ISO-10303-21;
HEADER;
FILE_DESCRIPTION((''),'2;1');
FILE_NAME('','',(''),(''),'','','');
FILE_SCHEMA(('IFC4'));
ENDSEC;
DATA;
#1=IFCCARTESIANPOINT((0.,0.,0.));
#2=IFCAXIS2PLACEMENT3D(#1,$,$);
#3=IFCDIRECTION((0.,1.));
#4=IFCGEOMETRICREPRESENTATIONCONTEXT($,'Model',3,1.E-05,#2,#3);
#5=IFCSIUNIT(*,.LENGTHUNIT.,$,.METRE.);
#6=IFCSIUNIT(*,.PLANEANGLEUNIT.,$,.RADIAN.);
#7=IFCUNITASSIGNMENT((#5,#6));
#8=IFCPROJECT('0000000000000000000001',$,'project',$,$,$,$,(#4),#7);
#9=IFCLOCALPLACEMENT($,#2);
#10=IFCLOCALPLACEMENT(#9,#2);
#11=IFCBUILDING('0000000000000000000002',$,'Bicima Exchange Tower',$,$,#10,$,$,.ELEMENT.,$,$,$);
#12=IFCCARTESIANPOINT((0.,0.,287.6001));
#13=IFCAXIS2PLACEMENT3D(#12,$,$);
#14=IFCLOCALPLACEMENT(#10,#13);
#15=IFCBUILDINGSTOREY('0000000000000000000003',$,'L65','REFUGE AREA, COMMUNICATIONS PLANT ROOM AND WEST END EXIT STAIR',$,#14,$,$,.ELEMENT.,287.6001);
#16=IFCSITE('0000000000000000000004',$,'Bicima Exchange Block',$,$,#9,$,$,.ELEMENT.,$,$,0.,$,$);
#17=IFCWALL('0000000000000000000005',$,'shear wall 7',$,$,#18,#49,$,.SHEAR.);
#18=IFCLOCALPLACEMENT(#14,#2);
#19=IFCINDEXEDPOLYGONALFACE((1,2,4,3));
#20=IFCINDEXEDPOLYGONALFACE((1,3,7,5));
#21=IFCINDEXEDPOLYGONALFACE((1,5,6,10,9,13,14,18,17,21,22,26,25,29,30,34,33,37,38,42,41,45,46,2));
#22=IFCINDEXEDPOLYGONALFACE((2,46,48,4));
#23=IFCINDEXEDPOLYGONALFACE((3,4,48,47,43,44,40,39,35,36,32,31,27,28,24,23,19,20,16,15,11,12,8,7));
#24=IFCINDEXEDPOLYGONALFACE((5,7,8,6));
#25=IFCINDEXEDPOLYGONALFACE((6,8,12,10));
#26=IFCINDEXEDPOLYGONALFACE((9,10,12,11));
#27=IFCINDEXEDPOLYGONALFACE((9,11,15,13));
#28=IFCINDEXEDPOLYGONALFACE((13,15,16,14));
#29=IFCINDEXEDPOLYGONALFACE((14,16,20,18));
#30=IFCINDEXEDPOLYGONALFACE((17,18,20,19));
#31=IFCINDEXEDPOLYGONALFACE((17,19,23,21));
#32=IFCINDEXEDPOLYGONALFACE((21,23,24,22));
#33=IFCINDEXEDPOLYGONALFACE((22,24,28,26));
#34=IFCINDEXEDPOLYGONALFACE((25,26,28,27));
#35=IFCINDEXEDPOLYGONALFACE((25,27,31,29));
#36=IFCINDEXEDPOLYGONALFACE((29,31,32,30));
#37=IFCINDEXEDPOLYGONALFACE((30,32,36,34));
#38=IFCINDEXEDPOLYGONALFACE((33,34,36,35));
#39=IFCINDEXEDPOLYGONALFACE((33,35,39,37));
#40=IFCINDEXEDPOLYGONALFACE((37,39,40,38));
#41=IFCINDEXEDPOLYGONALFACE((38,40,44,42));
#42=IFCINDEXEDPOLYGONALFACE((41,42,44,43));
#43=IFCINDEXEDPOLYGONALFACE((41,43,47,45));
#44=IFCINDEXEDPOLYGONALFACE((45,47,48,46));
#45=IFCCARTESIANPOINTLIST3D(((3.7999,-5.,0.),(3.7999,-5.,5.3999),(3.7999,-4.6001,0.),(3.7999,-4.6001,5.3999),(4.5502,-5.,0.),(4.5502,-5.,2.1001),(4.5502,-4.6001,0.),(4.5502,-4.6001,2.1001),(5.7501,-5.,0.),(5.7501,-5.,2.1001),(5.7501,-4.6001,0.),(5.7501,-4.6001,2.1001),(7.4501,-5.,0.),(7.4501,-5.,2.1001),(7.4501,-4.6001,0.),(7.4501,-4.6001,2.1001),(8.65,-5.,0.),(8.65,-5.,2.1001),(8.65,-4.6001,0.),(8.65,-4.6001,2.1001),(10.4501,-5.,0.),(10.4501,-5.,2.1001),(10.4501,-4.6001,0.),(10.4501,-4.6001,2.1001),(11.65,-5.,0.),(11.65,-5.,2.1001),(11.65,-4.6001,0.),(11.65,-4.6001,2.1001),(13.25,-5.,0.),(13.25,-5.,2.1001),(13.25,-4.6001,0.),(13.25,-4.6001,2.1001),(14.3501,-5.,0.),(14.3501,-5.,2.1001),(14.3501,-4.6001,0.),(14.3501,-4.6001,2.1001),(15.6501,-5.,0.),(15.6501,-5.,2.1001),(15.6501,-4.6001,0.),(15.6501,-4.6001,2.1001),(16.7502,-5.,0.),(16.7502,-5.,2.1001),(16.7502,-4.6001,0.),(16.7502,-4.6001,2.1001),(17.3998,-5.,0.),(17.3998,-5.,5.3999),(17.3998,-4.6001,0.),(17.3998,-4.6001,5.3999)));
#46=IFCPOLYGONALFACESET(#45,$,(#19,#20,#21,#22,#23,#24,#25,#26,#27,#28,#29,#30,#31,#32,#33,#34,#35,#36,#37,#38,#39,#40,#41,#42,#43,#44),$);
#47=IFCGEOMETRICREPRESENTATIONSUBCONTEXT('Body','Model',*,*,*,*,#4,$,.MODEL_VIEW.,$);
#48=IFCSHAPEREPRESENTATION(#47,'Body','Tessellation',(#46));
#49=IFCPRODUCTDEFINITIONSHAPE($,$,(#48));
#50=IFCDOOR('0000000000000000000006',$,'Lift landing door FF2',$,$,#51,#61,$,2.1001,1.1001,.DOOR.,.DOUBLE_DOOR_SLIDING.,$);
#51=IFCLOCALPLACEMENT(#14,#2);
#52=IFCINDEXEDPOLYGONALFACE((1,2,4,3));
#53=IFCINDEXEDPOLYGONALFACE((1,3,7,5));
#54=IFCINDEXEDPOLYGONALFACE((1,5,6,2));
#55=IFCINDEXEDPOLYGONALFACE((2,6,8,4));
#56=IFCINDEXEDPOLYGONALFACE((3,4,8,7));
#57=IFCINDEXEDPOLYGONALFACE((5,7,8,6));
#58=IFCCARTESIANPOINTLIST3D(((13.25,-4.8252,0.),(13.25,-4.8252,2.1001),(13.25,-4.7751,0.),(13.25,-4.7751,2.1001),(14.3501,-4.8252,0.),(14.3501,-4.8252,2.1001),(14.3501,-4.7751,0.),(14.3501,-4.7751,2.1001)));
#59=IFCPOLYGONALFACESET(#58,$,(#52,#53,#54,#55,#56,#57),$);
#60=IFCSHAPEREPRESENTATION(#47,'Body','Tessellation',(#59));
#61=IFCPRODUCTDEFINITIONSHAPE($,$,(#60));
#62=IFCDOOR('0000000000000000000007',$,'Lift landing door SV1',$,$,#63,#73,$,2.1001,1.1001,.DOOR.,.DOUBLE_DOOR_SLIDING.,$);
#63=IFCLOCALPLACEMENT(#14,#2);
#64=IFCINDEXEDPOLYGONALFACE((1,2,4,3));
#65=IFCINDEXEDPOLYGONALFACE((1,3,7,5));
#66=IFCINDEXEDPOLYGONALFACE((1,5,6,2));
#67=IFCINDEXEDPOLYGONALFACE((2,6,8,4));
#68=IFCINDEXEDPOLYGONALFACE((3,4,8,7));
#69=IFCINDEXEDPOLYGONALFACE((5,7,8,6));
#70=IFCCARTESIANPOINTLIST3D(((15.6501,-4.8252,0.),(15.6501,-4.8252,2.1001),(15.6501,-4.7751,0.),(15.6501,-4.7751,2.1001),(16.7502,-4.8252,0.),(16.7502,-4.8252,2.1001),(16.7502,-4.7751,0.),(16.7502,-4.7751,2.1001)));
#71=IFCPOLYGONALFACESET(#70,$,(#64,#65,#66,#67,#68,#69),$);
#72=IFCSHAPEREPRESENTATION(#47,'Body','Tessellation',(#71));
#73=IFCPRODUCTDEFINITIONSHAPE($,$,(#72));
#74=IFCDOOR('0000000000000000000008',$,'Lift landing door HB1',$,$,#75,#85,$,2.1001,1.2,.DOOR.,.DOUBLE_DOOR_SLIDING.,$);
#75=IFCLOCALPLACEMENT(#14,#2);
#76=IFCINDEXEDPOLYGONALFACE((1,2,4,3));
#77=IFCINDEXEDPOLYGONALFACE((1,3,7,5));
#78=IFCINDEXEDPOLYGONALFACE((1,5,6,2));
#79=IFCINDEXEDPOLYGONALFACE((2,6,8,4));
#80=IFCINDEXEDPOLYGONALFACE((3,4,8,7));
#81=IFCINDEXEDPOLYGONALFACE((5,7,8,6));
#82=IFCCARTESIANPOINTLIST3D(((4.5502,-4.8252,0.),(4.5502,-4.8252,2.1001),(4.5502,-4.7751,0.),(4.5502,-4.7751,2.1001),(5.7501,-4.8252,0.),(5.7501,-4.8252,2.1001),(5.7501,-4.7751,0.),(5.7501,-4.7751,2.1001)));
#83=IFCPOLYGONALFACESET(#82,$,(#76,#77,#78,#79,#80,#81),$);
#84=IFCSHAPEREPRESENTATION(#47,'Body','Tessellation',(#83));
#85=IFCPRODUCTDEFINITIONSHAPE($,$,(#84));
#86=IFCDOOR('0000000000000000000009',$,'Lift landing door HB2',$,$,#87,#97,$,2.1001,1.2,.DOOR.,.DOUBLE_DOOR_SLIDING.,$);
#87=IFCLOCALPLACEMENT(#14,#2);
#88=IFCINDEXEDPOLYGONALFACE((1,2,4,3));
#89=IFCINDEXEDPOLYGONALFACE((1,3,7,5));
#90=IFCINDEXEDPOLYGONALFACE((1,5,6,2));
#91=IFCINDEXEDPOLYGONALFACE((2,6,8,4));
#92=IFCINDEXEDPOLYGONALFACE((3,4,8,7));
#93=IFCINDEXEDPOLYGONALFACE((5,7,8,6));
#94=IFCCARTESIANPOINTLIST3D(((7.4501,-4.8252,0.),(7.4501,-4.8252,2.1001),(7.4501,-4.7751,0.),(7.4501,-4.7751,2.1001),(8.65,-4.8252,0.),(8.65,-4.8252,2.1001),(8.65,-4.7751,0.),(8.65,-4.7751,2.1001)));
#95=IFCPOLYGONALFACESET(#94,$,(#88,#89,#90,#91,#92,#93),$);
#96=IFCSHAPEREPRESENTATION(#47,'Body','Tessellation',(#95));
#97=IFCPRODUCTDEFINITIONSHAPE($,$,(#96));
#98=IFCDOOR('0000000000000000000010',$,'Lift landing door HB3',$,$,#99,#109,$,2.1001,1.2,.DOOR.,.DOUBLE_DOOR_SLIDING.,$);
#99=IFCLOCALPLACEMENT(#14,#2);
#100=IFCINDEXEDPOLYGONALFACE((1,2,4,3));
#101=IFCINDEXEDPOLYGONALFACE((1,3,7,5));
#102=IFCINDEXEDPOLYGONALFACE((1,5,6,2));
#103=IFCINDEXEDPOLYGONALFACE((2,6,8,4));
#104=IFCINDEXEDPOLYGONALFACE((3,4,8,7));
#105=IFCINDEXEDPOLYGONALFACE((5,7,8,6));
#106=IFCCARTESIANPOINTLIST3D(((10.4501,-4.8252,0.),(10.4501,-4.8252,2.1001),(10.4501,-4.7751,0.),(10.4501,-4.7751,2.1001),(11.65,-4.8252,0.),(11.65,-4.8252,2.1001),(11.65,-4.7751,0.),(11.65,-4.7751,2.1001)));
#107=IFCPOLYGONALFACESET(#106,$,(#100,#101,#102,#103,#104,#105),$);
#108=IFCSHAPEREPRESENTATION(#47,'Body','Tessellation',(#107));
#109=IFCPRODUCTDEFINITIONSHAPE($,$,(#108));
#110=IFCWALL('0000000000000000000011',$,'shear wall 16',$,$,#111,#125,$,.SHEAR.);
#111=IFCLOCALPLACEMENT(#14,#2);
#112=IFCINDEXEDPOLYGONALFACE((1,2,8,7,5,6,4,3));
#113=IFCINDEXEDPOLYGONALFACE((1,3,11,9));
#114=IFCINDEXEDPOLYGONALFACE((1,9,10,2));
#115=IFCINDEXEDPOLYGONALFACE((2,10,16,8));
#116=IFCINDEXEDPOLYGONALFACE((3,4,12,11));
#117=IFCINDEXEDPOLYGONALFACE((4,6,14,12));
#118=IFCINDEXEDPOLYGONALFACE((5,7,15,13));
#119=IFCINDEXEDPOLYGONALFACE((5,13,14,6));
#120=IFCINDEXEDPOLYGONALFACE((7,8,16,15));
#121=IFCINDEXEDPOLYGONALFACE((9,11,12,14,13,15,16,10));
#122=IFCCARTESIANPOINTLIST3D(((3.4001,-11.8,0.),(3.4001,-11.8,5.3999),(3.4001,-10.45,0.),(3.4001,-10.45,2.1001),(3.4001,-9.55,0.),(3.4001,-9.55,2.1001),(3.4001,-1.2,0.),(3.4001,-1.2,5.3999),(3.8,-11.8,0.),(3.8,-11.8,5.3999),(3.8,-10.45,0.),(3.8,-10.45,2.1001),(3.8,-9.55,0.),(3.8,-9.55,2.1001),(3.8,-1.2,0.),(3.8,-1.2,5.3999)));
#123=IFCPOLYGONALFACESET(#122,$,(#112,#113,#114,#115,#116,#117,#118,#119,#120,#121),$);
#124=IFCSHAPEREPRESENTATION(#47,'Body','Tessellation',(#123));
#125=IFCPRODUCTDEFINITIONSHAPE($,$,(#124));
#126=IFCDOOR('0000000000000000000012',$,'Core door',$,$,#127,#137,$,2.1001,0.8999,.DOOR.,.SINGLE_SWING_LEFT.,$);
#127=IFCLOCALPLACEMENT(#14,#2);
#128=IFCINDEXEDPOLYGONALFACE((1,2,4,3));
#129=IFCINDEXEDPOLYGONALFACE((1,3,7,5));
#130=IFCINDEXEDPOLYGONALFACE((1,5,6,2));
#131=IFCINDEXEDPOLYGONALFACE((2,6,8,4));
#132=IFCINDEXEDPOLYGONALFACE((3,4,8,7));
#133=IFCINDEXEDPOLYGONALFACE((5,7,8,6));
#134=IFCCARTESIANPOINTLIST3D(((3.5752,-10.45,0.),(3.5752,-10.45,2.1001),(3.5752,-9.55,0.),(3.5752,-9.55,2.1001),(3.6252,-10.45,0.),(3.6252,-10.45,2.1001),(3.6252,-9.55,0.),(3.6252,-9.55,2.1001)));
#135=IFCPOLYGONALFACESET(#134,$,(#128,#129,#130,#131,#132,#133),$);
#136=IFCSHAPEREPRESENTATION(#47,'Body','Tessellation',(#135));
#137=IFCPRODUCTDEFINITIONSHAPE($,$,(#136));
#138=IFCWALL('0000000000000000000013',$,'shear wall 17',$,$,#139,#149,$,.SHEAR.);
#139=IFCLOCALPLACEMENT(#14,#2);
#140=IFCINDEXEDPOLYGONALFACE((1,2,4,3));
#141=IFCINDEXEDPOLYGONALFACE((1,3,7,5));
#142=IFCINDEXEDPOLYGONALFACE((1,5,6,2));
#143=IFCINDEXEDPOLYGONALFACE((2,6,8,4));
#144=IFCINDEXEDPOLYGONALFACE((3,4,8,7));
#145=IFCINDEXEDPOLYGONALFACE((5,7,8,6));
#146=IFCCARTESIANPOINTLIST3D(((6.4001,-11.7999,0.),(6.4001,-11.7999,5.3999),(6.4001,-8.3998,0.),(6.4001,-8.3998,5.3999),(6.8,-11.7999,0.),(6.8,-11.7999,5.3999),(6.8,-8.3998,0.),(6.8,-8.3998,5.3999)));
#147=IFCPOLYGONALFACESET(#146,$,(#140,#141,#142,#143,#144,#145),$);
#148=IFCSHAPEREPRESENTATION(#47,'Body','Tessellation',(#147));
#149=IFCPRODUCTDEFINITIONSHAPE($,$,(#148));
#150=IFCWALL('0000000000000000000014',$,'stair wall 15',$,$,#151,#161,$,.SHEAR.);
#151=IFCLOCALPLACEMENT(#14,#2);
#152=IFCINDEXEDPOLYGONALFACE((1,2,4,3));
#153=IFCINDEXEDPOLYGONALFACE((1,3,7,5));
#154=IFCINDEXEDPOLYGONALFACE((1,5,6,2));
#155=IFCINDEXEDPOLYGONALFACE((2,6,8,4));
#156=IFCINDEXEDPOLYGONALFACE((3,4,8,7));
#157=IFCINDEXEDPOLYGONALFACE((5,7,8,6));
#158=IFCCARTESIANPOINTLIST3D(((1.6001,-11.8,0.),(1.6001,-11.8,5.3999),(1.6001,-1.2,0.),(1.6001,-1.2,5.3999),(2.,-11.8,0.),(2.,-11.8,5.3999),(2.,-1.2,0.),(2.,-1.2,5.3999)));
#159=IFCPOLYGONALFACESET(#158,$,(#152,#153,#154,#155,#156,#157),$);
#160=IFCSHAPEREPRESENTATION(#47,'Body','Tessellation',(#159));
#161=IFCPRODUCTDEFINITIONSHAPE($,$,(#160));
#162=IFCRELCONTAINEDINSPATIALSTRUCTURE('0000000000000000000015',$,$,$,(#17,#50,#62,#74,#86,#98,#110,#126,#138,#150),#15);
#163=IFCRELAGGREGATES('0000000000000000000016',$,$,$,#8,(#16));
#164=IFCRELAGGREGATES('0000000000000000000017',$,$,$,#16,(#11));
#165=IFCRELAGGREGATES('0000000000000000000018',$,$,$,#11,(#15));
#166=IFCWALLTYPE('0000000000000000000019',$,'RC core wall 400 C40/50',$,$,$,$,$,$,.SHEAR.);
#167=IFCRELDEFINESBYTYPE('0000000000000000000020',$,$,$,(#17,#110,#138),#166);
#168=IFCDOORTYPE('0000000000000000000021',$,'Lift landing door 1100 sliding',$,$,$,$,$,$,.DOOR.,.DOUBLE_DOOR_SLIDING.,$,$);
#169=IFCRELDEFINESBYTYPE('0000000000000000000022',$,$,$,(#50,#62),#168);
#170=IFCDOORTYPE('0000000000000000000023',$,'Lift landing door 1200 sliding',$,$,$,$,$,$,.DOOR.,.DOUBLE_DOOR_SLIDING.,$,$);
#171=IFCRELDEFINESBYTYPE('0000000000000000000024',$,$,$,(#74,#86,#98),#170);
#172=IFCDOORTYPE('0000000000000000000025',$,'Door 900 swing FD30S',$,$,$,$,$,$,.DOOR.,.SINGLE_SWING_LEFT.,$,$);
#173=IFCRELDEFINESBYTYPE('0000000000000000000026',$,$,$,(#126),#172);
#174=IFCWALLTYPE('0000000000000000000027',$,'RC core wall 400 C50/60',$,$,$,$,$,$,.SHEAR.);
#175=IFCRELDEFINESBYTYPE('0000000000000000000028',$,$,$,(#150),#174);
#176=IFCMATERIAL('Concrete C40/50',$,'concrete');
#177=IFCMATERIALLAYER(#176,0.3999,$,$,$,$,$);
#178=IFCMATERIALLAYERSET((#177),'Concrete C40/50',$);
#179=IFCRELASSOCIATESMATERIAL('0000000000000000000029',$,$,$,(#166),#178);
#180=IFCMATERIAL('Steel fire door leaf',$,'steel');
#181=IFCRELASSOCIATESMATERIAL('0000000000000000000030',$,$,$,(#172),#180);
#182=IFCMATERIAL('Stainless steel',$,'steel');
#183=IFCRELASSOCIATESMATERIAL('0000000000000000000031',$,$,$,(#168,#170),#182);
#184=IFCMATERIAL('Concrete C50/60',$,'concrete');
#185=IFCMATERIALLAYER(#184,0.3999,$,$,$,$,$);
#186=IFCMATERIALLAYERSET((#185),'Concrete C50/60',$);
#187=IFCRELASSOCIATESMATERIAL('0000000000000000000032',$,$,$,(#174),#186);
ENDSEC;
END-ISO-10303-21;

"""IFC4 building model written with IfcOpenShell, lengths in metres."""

from ifc_helpers import new_model, si_unit, direction, frame, frame_2d, origin, place, context, subcontext, project, spatial, rectangle, extrude, material, layer, layer_set, type_object, element, fill, save


model = new_model("IFC4")

# Units and contexts
model_context = context("Model", 3, precision=1e-05, world=origin(), true_north=direction((0.0, 1.0)))
body_context = subcontext(model_context, "Body", "Model", "MODEL_VIEW")
ifc_project = project(units=[si_unit("LENGTHUNIT", "METRE"), si_unit("PLANEANGLEUNIT", "RADIAN")], contexts=[model_context])

# Site, building, storey
site_placement = place(None, origin())
site = spatial("IfcSite", under=ifc_project, at=site_placement, Name="Bicima Exchange Block", CompositionType="ELEMENT", RefElevation=0.0)
building_placement = place(site_placement, origin())
building = spatial("IfcBuilding", under=site, at=building_placement, Name="Bicima Exchange Tower", CompositionType="ELEMENT")
storey_placement = place(building_placement, frame((0.0, 0.0, 287.6001)))
storey = spatial("IfcBuildingStorey", under=building, at=storey_placement, Name="L65", Description="REFUGE AREA, COMMUNICATIONS PLANT ROOM AND WEST END EXIT STAIR", CompositionType="ELEMENT", Elevation=287.6001)

# Shared definitions
ifc_material_1 = material(Name="Concrete C40/50", Category="concrete")
ifc_layer_1 = layer(ifc_material_1, 0.3999)
ifc_layer_set_1 = layer_set([ifc_layer_1], Name="Concrete C40/50")
wall_type_1 = type_object("IfcWallType", Name="RC core wall 400 C40/50", PredefinedType="SHEAR", material=ifc_layer_set_1)
ifc_material_2 = material(Name="Steel fire door leaf", Category="steel")
door_type_1 = type_object("IfcDoorType", Name="Door 900 swing FD30S", OperationType="SINGLE_SWING_LEFT", PredefinedType="DOOR", material=ifc_material_2)

# Wall, openings, doors
wall_1_placement = place(storey_placement, frame((3.8, -4.8, 0.0), z_axis=(0.0, 0.0, 1.0), x_axis=(1.0, 0.0, 0.0)))
wall_1 = element("IfcWall", 1, at=wall_1_placement, inside=storey, type_object=wall_type_1, Name="shear wall 7", PredefinedType="SHEAR", context=body_context, shape_type="SweptSolid", body=[
    extrude(rectangle(XDim=13.5999, YDim=0.3999, at=frame_2d((6.7998, 0.0))), origin(), (0.0, 0.0, 1.0), 5.3999),
])
opening_1_placement = place(wall_1_placement, frame((0.75, 0.0, 0.0)))
opening_1 = element("IfcOpeningElement", 2, at=opening_1_placement, cuts=wall_1, PredefinedType="OPENING", context=body_context, shape_type="SweptSolid", body=[
    extrude(rectangle(XDim=1.2, YDim=2.1001, at=frame_2d((0.6001, 1.05))), frame((0.0, 0.2119, 0.0), z_axis=(0.0, -1.0, 0.0), x_axis=(1.0, 0.0, 0.0)), (0.0, 0.0, 1.0), 0.4238),
])
opening_2_placement = place(wall_1_placement, frame((3.6499, 0.0, 0.0)))
opening_2 = element("IfcOpeningElement", 3, at=opening_2_placement, cuts=wall_1, PredefinedType="OPENING", context=body_context, shape_type="SweptSolid", body=[
    extrude(rectangle(XDim=1.2, YDim=2.1001, at=frame_2d((0.6001, 1.05))), frame((0.0, 0.2119, 0.0), z_axis=(0.0, -1.0, 0.0), x_axis=(1.0, 0.0, 0.0)), (0.0, 0.0, 1.0), 0.4238),
])
opening_3_placement = place(wall_1_placement, frame((6.6499, 0.0, 0.0)))
opening_3 = element("IfcOpeningElement", 4, at=opening_3_placement, cuts=wall_1, PredefinedType="OPENING", context=body_context, shape_type="SweptSolid", body=[
    extrude(rectangle(XDim=1.2, YDim=2.1001, at=frame_2d((0.6001, 1.05))), frame((0.0, 0.2119, 0.0), z_axis=(0.0, -1.0, 0.0), x_axis=(1.0, 0.0, 0.0)), (0.0, 0.0, 1.0), 0.4238),
])
opening_4_placement = place(wall_1_placement, frame((9.45, 0.0, 0.0)))
opening_4 = element("IfcOpeningElement", 5, at=opening_4_placement, cuts=wall_1, PredefinedType="OPENING", context=body_context, shape_type="SweptSolid", body=[
    extrude(rectangle(XDim=1.1001, YDim=2.1001, at=frame_2d((0.55, 1.05))), frame((0.0, 0.2119, 0.0), z_axis=(0.0, -1.0, 0.0), x_axis=(1.0, 0.0, 0.0)), (0.0, 0.0, 1.0), 0.4238),
])
opening_5_placement = place(wall_1_placement, frame((11.8501, 0.0, 0.0)))
opening_5 = element("IfcOpeningElement", 6, at=opening_5_placement, cuts=wall_1, PredefinedType="OPENING", context=body_context, shape_type="SweptSolid", body=[
    extrude(rectangle(XDim=1.1001, YDim=2.1001, at=frame_2d((0.55, 1.05))), frame((0.0, 0.2119, 0.0), z_axis=(0.0, -1.0, 0.0), x_axis=(1.0, 0.0, 0.0)), (0.0, 0.0, 1.0), 0.4238),
])
ifc_material_3 = material(Name="Stainless steel", Category="steel")
door_type_2 = type_object("IfcDoorType", Name="Lift landing door 1100 sliding", OperationType="DOUBLE_DOOR_SLIDING", PredefinedType="DOOR", material=ifc_material_3)
door_1_placement = place(opening_4_placement, origin())
door_1 = element("IfcDoor", 7, at=door_1_placement, inside=storey, type_object=door_type_2, Name="Lift landing door FF2", OperationType="DOUBLE_DOOR_SLIDING", OverallHeight=2.1001, OverallWidth=1.1001, PredefinedType="DOOR", context=body_context, shape_type="SweptSolid", body=[
    extrude(rectangle(XDim=1.1001, YDim=2.1001, at=frame_2d((0.55, 1.05))), frame((0.0, 0.0249, 0.0), z_axis=(0.0, -1.0, 0.0), x_axis=(1.0, 0.0, 0.0)), (0.0, 0.0, 1.0), 0.05),
])
fill(opening_4, door_1)
door_2_placement = place(opening_5_placement, origin())
door_2 = element("IfcDoor", 8, at=door_2_placement, inside=storey, type_object=door_type_2, Name="Lift landing door SV1", OperationType="DOUBLE_DOOR_SLIDING", OverallHeight=2.1001, OverallWidth=1.1001, PredefinedType="DOOR", context=body_context, shape_type="SweptSolid", body=[
    extrude(rectangle(XDim=1.1001, YDim=2.1001, at=frame_2d((0.55, 1.05))), frame((0.0, 0.0249, 0.0), z_axis=(0.0, -1.0, 0.0), x_axis=(1.0, 0.0, 0.0)), (0.0, 0.0, 1.0), 0.05),
])
fill(opening_5, door_2)
door_type_3 = type_object("IfcDoorType", Name="Lift landing door 1200 sliding", OperationType="DOUBLE_DOOR_SLIDING", PredefinedType="DOOR", material=ifc_material_3)
door_3_placement = place(opening_1_placement, origin())
door_3 = element("IfcDoor", 9, at=door_3_placement, inside=storey, type_object=door_type_3, Name="Lift landing door HB1", OperationType="DOUBLE_DOOR_SLIDING", OverallHeight=2.1001, OverallWidth=1.2, PredefinedType="DOOR", context=body_context, shape_type="SweptSolid", body=[
    extrude(rectangle(XDim=1.2, YDim=2.1001, at=frame_2d((0.6001, 1.05))), frame((0.0, 0.0249, 0.0), z_axis=(0.0, -1.0, 0.0), x_axis=(1.0, 0.0, 0.0)), (0.0, 0.0, 1.0), 0.05),
])
fill(opening_1, door_3)
door_4_placement = place(opening_2_placement, origin())
door_4 = element("IfcDoor", 10, at=door_4_placement, inside=storey, type_object=door_type_3, Name="Lift landing door HB2", OperationType="DOUBLE_DOOR_SLIDING", OverallHeight=2.1001, OverallWidth=1.2, PredefinedType="DOOR", context=body_context, shape_type="SweptSolid", body=[
    extrude(rectangle(XDim=1.2, YDim=2.1001, at=frame_2d((0.6001, 1.05))), frame((0.0, 0.0249, 0.0), z_axis=(0.0, -1.0, 0.0), x_axis=(1.0, 0.0, 0.0)), (0.0, 0.0, 1.0), 0.05),
])
fill(opening_2, door_4)
door_5_placement = place(opening_3_placement, origin())
door_5 = element("IfcDoor", 11, at=door_5_placement, inside=storey, type_object=door_type_3, Name="Lift landing door HB3", OperationType="DOUBLE_DOOR_SLIDING", OverallHeight=2.1001, OverallWidth=1.2, PredefinedType="DOOR", context=body_context, shape_type="SweptSolid", body=[
    extrude(rectangle(XDim=1.2, YDim=2.1001, at=frame_2d((0.6001, 1.05))), frame((0.0, 0.0249, 0.0), z_axis=(0.0, -1.0, 0.0), x_axis=(1.0, 0.0, 0.0)), (0.0, 0.0, 1.0), 0.05),
])
fill(opening_3, door_5)

# Wall, opening, door
wall_2_placement = place(storey_placement, frame((3.6001, -11.8, 0.0), z_axis=(0.0, 0.0, 1.0), x_axis=(0.0, 1.0, 0.0)))
wall_2 = element("IfcWall", 12, at=wall_2_placement, inside=storey, type_object=wall_type_1, Name="shear wall 16", PredefinedType="SHEAR", context=body_context, shape_type="SweptSolid", body=[
    extrude(rectangle(XDim=10.6001, YDim=0.3999, at=frame_2d((5.3, 0.0))), origin(), (0.0, 0.0, 1.0), 5.3999),
])
opening_6_placement = place(wall_2_placement, frame((1.3501, 0.0, 0.0)))
opening_6 = element("IfcOpeningElement", 13, at=opening_6_placement, cuts=wall_2, PredefinedType="OPENING", context=body_context, shape_type="SweptSolid", body=[
    extrude(rectangle(XDim=0.8999, YDim=2.1001, at=frame_2d((0.45, 1.05))), frame((0.0, 0.2119, 0.0), z_axis=(0.0, -1.0, 0.0), x_axis=(1.0, 0.0, 0.0)), (0.0, 0.0, 1.0), 0.4238),
])
door_6_placement = place(opening_6_placement, origin())
door_6 = element("IfcDoor", 14, at=door_6_placement, inside=storey, type_object=door_type_1, Name="Core door", OperationType="SINGLE_SWING_LEFT", OverallHeight=2.1001, OverallWidth=0.8999, PredefinedType="DOOR", context=body_context, shape_type="SweptSolid", body=[
    extrude(rectangle(XDim=0.8999, YDim=2.1001, at=frame_2d((0.45, 1.05))), frame((0.0, 0.0249, 0.0), z_axis=(0.0, -1.0, 0.0), x_axis=(1.0, 0.0, 0.0)), (0.0, 0.0, 1.0), 0.05),
])
fill(opening_6, door_6)

# Walls
wall_3_placement = place(storey_placement, frame((6.6001, -11.8, 0.0), z_axis=(0.0, 0.0, 1.0), x_axis=(0.0, 1.0, 0.0)))
element("IfcWall", 15, at=wall_3_placement, inside=storey, type_object=wall_type_1, Name="shear wall 17", PredefinedType="SHEAR", context=body_context, shape_type="SweptSolid", body=[
    extrude(rectangle(XDim=3.4001, YDim=0.3999, at=frame_2d((1.7002, 0.0))), origin(), (0.0, 0.0, 1.0), 5.3999),
])
ifc_material_4 = material(Name="Concrete C50/60", Category="concrete")
ifc_layer_2 = layer(ifc_material_4, 0.3999)
ifc_layer_set_2 = layer_set([ifc_layer_2], Name="Concrete C50/60")
wall_type_2 = type_object("IfcWallType", Name="RC core wall 400 C50/60", PredefinedType="SHEAR", material=ifc_layer_set_2)
wall_4_placement = place(storey_placement, frame((1.8, -11.8, 0.0), z_axis=(0.0, 0.0, 1.0), x_axis=(0.0, 1.0, 0.0)))
element("IfcWall", 16, at=wall_4_placement, inside=storey, type_object=wall_type_2, Name="stair wall 15", PredefinedType="SHEAR", context=body_context, shape_type="SweptSolid", body=[
    extrude(rectangle(XDim=10.6001, YDim=0.3999, at=frame_2d((5.3, 0.0))), origin(), (0.0, 0.0, 1.0), 5.3999),
])

save(model, "model.ifc")
